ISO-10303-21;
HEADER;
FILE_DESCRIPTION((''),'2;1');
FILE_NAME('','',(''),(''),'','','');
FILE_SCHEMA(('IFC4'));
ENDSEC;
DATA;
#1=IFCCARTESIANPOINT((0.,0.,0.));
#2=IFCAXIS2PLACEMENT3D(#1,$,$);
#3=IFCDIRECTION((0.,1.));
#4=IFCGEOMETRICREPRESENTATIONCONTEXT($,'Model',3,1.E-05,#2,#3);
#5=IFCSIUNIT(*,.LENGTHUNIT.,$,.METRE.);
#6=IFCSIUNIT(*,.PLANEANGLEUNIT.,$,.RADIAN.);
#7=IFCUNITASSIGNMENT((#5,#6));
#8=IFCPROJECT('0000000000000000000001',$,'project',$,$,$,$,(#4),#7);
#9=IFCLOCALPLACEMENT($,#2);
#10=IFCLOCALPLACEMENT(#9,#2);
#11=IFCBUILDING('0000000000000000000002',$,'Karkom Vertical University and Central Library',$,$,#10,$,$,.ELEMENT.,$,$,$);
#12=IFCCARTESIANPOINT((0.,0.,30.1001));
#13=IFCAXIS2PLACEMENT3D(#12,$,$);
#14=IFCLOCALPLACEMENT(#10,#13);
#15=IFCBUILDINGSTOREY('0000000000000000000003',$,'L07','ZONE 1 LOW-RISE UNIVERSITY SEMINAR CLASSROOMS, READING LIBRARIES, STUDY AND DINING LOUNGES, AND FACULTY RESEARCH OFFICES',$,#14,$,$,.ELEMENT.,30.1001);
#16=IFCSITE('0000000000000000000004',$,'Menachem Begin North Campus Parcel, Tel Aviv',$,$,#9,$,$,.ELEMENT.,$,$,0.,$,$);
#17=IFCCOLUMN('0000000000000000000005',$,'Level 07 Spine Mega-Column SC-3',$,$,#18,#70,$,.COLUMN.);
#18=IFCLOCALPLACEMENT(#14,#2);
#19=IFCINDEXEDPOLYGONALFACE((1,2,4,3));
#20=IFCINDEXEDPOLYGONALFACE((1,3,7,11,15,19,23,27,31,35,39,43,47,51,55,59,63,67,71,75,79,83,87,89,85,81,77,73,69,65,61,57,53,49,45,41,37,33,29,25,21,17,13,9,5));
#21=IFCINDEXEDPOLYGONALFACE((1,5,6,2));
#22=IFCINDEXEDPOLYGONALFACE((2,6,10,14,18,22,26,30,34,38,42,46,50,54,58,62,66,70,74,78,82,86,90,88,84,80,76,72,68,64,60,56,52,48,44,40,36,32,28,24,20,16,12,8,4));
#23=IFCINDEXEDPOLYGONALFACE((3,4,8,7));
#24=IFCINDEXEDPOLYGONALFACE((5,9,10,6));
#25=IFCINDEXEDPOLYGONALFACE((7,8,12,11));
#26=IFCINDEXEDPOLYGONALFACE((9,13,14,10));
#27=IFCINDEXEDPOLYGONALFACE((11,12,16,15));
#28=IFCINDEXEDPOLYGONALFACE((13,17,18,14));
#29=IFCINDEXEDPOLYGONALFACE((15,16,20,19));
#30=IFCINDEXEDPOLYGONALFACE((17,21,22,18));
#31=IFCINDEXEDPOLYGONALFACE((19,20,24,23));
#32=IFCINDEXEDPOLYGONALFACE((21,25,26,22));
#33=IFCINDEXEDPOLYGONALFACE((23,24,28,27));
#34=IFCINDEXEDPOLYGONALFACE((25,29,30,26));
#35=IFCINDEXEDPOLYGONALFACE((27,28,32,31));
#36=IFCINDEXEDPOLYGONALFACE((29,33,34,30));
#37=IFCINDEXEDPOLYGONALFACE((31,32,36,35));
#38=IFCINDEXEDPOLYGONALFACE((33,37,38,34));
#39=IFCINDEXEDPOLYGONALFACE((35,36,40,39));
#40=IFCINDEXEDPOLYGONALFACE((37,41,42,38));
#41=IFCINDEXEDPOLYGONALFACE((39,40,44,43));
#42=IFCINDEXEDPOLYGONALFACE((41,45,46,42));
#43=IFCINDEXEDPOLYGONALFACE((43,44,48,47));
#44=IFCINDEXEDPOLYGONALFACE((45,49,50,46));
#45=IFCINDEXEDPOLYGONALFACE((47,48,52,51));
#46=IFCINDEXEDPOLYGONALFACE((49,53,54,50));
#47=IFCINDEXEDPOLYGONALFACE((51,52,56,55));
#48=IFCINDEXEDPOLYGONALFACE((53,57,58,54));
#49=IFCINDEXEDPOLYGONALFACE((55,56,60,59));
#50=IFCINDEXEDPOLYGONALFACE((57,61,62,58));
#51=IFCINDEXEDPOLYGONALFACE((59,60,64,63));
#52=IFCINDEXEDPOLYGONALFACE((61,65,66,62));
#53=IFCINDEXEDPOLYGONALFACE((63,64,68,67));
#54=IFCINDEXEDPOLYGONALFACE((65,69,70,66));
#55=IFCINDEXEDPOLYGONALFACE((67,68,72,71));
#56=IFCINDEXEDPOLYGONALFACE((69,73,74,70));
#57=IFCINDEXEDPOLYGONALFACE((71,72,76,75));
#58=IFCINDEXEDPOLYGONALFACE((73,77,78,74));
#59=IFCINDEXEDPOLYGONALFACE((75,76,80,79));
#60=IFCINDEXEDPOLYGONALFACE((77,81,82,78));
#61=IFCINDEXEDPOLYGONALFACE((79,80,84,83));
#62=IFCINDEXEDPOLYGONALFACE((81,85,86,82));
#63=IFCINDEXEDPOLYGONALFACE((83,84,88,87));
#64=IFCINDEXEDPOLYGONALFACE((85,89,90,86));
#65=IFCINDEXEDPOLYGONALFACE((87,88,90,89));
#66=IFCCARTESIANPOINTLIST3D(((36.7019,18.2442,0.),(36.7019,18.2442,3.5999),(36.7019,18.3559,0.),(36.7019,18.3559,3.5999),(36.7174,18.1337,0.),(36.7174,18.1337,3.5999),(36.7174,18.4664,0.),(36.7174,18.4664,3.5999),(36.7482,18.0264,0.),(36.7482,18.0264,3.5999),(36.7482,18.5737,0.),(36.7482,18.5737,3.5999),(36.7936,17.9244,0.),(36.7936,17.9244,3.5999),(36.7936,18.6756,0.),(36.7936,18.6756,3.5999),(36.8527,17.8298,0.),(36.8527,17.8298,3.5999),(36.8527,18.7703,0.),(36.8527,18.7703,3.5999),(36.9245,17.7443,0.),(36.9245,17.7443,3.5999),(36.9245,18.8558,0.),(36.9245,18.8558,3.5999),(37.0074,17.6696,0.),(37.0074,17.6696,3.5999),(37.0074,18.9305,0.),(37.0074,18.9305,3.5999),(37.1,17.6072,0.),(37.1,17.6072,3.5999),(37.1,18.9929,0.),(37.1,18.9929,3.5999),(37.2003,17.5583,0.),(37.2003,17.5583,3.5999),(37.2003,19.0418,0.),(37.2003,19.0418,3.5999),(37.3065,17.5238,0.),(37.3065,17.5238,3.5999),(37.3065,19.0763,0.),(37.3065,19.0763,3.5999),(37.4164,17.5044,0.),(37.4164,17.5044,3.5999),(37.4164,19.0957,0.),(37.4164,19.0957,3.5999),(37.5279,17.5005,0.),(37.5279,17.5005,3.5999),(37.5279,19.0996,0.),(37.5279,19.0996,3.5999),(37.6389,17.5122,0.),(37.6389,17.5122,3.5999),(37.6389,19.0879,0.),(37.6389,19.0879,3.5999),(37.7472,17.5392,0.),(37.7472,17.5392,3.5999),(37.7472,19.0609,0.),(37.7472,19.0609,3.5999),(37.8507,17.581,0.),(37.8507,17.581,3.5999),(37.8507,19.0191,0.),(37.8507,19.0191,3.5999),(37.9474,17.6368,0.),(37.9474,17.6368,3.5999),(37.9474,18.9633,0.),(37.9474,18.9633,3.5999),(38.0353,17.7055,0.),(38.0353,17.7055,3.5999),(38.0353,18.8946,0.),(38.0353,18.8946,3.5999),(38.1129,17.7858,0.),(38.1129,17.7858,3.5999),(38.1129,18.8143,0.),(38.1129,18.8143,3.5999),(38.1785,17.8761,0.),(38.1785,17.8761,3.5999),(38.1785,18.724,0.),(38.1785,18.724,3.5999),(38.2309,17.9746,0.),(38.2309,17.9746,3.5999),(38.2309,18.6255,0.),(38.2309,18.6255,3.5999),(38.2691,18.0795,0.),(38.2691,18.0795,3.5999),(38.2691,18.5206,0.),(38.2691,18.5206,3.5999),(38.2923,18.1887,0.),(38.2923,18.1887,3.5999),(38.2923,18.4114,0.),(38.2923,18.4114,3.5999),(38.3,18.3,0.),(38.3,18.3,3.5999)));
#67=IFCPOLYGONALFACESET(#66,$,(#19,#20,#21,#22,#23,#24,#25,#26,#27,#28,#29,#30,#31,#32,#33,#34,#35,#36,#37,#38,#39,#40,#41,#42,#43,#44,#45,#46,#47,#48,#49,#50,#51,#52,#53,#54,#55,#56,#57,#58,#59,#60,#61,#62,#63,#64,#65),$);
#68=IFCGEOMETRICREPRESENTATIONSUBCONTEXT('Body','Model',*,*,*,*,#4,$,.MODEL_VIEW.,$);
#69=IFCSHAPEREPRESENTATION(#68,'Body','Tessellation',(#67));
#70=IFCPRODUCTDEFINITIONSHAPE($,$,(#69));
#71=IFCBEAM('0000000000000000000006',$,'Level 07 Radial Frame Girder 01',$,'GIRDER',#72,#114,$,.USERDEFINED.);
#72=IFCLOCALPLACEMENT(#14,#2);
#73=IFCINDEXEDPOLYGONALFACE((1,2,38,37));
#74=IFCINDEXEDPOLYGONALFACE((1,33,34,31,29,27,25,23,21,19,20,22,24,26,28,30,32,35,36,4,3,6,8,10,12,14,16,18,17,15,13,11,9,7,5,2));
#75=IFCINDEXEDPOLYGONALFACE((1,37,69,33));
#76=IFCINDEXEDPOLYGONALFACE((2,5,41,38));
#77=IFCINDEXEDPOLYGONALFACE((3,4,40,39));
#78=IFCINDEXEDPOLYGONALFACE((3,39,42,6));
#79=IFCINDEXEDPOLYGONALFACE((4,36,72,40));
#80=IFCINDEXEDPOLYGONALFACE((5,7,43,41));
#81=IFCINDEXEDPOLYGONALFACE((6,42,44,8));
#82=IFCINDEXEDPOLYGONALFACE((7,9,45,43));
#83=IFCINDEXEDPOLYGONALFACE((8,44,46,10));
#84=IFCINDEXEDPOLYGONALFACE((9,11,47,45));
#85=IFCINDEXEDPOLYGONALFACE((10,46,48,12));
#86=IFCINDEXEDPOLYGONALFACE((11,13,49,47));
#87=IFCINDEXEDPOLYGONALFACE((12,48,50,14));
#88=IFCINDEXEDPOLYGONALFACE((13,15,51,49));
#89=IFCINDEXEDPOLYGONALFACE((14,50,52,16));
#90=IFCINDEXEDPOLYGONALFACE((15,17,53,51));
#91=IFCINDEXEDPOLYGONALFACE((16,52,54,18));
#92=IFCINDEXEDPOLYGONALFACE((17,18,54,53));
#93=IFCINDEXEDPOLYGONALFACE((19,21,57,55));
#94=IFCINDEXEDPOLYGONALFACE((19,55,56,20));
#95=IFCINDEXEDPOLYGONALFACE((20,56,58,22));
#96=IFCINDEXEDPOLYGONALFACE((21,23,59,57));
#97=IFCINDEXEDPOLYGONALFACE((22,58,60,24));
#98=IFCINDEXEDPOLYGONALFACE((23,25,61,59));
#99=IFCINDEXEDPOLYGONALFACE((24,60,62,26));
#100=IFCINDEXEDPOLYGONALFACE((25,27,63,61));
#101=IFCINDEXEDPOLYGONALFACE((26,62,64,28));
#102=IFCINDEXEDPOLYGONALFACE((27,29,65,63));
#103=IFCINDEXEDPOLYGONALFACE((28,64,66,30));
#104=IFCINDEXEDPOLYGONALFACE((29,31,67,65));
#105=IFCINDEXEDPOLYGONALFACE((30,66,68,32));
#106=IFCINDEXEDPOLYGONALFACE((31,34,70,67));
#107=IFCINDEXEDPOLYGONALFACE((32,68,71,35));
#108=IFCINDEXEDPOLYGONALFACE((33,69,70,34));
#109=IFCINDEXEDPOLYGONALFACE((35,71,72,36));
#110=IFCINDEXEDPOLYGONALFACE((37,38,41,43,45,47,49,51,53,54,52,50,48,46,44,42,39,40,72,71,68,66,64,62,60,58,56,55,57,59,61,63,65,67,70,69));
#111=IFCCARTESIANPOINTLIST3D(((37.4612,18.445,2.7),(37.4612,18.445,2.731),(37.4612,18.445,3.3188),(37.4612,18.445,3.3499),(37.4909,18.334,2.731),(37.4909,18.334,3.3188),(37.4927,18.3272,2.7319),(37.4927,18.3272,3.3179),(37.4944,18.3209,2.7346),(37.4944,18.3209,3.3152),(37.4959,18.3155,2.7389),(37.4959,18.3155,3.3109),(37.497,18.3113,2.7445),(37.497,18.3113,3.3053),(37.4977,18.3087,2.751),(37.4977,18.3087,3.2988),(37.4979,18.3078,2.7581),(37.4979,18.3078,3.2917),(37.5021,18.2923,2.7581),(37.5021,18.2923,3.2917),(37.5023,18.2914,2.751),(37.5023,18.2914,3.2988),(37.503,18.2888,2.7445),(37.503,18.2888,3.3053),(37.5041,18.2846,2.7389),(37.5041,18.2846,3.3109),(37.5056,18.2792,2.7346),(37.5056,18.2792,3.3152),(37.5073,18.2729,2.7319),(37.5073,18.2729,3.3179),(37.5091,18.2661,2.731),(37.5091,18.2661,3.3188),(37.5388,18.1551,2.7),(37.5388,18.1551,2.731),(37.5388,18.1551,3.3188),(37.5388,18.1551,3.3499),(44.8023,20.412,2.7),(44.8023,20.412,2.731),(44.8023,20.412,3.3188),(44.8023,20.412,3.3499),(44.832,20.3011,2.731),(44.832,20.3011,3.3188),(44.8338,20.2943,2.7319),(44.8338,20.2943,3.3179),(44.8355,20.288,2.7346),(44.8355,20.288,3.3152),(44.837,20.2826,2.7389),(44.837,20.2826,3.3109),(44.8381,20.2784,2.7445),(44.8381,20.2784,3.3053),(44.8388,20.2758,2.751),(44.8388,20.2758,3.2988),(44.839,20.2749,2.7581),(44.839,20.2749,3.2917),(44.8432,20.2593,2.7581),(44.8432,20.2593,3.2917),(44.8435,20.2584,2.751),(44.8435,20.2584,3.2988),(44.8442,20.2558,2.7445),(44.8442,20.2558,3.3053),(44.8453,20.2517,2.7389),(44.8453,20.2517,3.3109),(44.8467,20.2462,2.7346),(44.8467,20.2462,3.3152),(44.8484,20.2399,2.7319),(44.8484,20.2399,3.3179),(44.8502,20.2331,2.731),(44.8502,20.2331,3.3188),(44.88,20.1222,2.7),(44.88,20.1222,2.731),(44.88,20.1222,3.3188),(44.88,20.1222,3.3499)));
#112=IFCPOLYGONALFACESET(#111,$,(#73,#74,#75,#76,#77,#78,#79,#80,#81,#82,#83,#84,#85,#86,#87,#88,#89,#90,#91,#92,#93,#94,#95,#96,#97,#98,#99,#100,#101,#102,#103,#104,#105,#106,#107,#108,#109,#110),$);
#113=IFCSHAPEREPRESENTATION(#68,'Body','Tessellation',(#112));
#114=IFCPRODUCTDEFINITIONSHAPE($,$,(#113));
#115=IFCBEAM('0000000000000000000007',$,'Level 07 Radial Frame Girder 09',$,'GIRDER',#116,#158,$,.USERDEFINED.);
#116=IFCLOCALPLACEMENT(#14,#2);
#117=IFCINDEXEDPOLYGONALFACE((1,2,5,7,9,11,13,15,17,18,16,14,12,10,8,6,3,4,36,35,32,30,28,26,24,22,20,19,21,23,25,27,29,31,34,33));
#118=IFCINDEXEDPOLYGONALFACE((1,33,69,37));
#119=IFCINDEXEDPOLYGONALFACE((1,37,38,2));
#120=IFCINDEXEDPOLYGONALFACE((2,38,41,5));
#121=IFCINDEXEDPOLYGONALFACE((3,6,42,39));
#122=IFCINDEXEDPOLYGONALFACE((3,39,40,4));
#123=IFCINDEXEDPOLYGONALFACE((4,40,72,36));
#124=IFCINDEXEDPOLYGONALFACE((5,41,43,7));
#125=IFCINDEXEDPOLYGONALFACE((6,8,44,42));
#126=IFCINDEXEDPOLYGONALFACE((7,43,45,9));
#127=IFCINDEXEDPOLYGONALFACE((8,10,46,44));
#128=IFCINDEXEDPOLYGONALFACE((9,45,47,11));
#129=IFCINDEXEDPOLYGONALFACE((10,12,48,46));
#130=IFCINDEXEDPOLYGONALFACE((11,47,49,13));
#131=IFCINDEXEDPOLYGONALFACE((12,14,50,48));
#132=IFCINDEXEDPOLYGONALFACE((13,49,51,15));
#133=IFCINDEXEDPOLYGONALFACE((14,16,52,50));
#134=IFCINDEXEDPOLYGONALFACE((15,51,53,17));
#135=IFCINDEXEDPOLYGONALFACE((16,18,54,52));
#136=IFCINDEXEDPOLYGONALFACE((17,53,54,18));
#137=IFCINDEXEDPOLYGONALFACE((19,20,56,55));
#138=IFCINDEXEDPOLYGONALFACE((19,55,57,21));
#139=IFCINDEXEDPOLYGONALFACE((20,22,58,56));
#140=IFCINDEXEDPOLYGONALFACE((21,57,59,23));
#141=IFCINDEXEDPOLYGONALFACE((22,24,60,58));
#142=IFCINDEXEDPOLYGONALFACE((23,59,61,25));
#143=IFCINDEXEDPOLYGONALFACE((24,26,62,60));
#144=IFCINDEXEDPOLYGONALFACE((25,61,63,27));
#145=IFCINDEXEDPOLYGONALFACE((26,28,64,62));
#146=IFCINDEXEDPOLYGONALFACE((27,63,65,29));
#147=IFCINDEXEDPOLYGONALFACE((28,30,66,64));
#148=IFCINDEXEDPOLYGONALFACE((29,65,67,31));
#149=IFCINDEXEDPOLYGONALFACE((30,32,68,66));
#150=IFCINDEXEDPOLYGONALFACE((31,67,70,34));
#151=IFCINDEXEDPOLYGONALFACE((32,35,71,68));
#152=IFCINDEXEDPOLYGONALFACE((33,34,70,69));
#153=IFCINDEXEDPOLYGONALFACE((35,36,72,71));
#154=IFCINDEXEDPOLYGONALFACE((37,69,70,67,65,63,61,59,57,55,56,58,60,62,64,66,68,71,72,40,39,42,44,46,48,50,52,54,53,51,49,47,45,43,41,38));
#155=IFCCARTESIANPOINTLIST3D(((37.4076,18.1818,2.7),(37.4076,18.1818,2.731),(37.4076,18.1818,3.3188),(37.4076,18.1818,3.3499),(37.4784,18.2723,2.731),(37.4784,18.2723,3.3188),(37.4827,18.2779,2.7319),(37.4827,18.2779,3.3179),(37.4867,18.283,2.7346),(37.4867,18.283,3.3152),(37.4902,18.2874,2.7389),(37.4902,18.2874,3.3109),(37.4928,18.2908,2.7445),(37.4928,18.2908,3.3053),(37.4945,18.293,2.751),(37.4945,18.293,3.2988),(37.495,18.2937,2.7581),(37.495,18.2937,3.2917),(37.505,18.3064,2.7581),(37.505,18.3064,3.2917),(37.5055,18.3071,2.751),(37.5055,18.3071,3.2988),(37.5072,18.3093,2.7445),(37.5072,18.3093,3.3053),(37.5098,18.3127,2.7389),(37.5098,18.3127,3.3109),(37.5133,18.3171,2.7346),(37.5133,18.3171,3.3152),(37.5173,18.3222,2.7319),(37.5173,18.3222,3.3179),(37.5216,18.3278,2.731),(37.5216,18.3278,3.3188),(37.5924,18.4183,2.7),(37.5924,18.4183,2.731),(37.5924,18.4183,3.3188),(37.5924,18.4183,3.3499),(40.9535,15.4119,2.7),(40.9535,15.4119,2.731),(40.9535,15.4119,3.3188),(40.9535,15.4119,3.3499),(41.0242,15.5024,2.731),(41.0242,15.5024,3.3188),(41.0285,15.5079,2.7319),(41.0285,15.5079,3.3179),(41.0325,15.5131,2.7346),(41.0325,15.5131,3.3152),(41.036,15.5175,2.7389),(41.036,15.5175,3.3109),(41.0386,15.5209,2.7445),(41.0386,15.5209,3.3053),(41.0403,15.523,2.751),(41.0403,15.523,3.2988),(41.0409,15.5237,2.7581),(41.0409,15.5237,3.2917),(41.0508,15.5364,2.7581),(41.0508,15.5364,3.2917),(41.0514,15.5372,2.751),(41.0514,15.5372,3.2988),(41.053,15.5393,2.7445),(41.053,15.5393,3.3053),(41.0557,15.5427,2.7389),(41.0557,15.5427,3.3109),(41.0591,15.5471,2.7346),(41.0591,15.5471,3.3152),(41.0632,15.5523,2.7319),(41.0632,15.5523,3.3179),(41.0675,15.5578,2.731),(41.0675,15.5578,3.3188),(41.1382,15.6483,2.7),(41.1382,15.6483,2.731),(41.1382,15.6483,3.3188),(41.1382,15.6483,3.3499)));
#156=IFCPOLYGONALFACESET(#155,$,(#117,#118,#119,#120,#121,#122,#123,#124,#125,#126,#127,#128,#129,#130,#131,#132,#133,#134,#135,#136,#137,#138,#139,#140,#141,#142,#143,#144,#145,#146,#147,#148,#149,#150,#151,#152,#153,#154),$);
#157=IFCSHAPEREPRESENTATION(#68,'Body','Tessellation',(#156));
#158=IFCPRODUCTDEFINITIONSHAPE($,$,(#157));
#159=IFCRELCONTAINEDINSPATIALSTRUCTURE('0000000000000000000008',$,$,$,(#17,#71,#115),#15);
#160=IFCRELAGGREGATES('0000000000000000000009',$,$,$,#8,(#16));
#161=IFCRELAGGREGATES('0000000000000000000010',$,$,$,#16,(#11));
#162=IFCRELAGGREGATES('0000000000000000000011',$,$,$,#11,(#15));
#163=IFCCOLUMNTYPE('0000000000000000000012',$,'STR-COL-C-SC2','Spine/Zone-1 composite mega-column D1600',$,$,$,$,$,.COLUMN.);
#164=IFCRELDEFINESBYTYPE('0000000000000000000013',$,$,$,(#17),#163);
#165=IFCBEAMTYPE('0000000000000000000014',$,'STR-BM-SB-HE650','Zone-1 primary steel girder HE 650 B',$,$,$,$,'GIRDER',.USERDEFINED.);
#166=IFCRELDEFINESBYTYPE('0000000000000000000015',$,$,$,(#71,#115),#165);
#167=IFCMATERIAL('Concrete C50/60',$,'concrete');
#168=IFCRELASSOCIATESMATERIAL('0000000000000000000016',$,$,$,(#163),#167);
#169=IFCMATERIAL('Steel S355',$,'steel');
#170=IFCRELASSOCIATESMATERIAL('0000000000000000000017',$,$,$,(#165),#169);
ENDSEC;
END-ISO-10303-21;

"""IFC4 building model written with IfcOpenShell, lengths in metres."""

from ifc_helpers import new_model, si_unit, direction, frame, origin, origin_with_axes, origin_2d, place, context, subcontext, project, spatial, circle, i_section, extrude, source, transform, mapped, material, material_profile, profile_set, type_object, element, save


model = new_model("IFC4")

# Units and contexts
model_context = context("Model", 3, precision=1e-05, world=origin(), true_north=direction((0.0, 1.0)))
body_context = subcontext(model_context, "Body", "Model", "MODEL_VIEW")
ifc_project = project(units=[si_unit("LENGTHUNIT", "METRE"), si_unit("PLANEANGLEUNIT", "RADIAN")], contexts=[model_context])

# Site, building, storey
site_placement = place(None, origin())
site = spatial("IfcSite", under=ifc_project, at=site_placement, Name="Menachem Begin North Campus Parcel, Tel Aviv", CompositionType="ELEMENT", RefElevation=0.0)
building_placement = place(site_placement, origin())
building = spatial("IfcBuilding", under=site, at=building_placement, Name="Karkom Vertical University and Central Library", CompositionType="ELEMENT")
storey_placement = place(building_placement, frame((0.0, 0.0, 30.1001)))
storey = spatial("IfcBuildingStorey", under=building, at=storey_placement, Name="L07", Description="ZONE 1 LOW-RISE UNIVERSITY SEMINAR CLASSROOMS, READING LIBRARIES, STUDY AND DINING LOUNGES, AND FACULTY RESEARCH OFFICES", CompositionType="ELEMENT", Elevation=30.1001)

# Column
ifc_material_1 = material(Name="Concrete C50/60", Category="concrete")
ifc_material_profile_1 = material_profile(ifc_material_1, circle(Radius=0.8, at=origin_2d()), Name="CFT-D1600")
ifc_profile_set_1 = profile_set([ifc_material_profile_1], Name="Concrete C50/60")
column_type = type_object("IfcColumnType", Name="STR-COL-C-SC2", Description="Spine/Zone-1 composite mega-column D1600", PredefinedType="COLUMN", material=ifc_profile_set_1)
shared_shape_1 = source(origin_with_axes(), body_context, "Body", "SweptSolid", [
    extrude(circle(Radius=0.8, at=origin_2d()), origin(), (0.0, 0.0, 1.0), 3.5999),
])
column_placement = place(storey_placement, frame((37.5, 18.3, 0.0), z_axis=(0.0, 0.0, 1.0), x_axis=(1.0, 0.0, 0.0)))
element("IfcColumn", 1, at=column_placement, inside=storey, type_object=column_type, Name="Level 07 Spine Mega-Column SC-3", PredefinedType="COLUMN", context=body_context, shape_type="MappedRepresentation", body=[
    mapped(shared_shape_1, transform((0.0, 0.0, 0.0), scale=1.0)),
])

# Beams
ifc_material_2 = material(Name="Steel S355", Category="steel")
ifc_material_profile_2 = material_profile(ifc_material_2, i_section(OverallWidth=0.3, OverallDepth=0.6499, WebThickness=0.0161, FlangeThickness=0.031, FilletRadius=0.0271, at=origin_2d()), Name="HE 650 B")
ifc_profile_set_2 = profile_set([ifc_material_profile_2], Name="Steel S355")
beam_type_1 = type_object("IfcBeamType", Name="STR-BM-SB-HE650", Description="Zone-1 primary steel girder HE 650 B", ElementType="GIRDER", PredefinedType="USERDEFINED", material=ifc_profile_set_2)
shared_shape_2 = source(origin_with_axes(), body_context, "Body", "SweptSolid", [
    extrude(i_section(OverallWidth=0.3, OverallDepth=0.6499, WebThickness=0.0161, FlangeThickness=0.031, FilletRadius=0.0271, at=origin_2d()), origin(), (0.0, 0.0, 1.0), 7.6001),
])
beam_1_placement = place(storey_placement, frame((37.5, 18.3, 3.0249), z_axis=(0.965926, 0.25882, 0.0), x_axis=(-0.25882, 0.965926, 0.0)))
element("IfcBeam", 2, at=beam_1_placement, inside=storey, type_object=beam_type_1, Name="Level 07 Radial Frame Girder 01", ObjectType="GIRDER", PredefinedType="USERDEFINED", context=body_context, shape_type="MappedRepresentation", body=[
    mapped(shared_shape_2, transform((0.0, 0.0, 0.0), scale=1.0)),
])
shared_shape_3 = source(origin_with_axes(), body_context, "Body", "SweptSolid", [
    extrude(i_section(OverallWidth=0.3, OverallDepth=0.6499, WebThickness=0.0161, FlangeThickness=0.031, FilletRadius=0.0271, at=origin_2d()), origin(), (0.0, 0.0, 1.0), 4.4995),
])
beam_2_placement = place(storey_placement, frame((37.5, 18.3, 3.0249), z_axis=(0.788047, -0.615615, 0.0), x_axis=(0.615615, 0.788047, 0.0)))
element("IfcBeam", 3, at=beam_2_placement, inside=storey, type_object=beam_type_1, Name="Level 07 Radial Frame Girder 09", ObjectType="GIRDER", PredefinedType="USERDEFINED", context=body_context, shape_type="MappedRepresentation", body=[
    mapped(shared_shape_3, transform((0.0, 0.0, 0.0), scale=1.0)),
])

save(model, "model.ifc")
